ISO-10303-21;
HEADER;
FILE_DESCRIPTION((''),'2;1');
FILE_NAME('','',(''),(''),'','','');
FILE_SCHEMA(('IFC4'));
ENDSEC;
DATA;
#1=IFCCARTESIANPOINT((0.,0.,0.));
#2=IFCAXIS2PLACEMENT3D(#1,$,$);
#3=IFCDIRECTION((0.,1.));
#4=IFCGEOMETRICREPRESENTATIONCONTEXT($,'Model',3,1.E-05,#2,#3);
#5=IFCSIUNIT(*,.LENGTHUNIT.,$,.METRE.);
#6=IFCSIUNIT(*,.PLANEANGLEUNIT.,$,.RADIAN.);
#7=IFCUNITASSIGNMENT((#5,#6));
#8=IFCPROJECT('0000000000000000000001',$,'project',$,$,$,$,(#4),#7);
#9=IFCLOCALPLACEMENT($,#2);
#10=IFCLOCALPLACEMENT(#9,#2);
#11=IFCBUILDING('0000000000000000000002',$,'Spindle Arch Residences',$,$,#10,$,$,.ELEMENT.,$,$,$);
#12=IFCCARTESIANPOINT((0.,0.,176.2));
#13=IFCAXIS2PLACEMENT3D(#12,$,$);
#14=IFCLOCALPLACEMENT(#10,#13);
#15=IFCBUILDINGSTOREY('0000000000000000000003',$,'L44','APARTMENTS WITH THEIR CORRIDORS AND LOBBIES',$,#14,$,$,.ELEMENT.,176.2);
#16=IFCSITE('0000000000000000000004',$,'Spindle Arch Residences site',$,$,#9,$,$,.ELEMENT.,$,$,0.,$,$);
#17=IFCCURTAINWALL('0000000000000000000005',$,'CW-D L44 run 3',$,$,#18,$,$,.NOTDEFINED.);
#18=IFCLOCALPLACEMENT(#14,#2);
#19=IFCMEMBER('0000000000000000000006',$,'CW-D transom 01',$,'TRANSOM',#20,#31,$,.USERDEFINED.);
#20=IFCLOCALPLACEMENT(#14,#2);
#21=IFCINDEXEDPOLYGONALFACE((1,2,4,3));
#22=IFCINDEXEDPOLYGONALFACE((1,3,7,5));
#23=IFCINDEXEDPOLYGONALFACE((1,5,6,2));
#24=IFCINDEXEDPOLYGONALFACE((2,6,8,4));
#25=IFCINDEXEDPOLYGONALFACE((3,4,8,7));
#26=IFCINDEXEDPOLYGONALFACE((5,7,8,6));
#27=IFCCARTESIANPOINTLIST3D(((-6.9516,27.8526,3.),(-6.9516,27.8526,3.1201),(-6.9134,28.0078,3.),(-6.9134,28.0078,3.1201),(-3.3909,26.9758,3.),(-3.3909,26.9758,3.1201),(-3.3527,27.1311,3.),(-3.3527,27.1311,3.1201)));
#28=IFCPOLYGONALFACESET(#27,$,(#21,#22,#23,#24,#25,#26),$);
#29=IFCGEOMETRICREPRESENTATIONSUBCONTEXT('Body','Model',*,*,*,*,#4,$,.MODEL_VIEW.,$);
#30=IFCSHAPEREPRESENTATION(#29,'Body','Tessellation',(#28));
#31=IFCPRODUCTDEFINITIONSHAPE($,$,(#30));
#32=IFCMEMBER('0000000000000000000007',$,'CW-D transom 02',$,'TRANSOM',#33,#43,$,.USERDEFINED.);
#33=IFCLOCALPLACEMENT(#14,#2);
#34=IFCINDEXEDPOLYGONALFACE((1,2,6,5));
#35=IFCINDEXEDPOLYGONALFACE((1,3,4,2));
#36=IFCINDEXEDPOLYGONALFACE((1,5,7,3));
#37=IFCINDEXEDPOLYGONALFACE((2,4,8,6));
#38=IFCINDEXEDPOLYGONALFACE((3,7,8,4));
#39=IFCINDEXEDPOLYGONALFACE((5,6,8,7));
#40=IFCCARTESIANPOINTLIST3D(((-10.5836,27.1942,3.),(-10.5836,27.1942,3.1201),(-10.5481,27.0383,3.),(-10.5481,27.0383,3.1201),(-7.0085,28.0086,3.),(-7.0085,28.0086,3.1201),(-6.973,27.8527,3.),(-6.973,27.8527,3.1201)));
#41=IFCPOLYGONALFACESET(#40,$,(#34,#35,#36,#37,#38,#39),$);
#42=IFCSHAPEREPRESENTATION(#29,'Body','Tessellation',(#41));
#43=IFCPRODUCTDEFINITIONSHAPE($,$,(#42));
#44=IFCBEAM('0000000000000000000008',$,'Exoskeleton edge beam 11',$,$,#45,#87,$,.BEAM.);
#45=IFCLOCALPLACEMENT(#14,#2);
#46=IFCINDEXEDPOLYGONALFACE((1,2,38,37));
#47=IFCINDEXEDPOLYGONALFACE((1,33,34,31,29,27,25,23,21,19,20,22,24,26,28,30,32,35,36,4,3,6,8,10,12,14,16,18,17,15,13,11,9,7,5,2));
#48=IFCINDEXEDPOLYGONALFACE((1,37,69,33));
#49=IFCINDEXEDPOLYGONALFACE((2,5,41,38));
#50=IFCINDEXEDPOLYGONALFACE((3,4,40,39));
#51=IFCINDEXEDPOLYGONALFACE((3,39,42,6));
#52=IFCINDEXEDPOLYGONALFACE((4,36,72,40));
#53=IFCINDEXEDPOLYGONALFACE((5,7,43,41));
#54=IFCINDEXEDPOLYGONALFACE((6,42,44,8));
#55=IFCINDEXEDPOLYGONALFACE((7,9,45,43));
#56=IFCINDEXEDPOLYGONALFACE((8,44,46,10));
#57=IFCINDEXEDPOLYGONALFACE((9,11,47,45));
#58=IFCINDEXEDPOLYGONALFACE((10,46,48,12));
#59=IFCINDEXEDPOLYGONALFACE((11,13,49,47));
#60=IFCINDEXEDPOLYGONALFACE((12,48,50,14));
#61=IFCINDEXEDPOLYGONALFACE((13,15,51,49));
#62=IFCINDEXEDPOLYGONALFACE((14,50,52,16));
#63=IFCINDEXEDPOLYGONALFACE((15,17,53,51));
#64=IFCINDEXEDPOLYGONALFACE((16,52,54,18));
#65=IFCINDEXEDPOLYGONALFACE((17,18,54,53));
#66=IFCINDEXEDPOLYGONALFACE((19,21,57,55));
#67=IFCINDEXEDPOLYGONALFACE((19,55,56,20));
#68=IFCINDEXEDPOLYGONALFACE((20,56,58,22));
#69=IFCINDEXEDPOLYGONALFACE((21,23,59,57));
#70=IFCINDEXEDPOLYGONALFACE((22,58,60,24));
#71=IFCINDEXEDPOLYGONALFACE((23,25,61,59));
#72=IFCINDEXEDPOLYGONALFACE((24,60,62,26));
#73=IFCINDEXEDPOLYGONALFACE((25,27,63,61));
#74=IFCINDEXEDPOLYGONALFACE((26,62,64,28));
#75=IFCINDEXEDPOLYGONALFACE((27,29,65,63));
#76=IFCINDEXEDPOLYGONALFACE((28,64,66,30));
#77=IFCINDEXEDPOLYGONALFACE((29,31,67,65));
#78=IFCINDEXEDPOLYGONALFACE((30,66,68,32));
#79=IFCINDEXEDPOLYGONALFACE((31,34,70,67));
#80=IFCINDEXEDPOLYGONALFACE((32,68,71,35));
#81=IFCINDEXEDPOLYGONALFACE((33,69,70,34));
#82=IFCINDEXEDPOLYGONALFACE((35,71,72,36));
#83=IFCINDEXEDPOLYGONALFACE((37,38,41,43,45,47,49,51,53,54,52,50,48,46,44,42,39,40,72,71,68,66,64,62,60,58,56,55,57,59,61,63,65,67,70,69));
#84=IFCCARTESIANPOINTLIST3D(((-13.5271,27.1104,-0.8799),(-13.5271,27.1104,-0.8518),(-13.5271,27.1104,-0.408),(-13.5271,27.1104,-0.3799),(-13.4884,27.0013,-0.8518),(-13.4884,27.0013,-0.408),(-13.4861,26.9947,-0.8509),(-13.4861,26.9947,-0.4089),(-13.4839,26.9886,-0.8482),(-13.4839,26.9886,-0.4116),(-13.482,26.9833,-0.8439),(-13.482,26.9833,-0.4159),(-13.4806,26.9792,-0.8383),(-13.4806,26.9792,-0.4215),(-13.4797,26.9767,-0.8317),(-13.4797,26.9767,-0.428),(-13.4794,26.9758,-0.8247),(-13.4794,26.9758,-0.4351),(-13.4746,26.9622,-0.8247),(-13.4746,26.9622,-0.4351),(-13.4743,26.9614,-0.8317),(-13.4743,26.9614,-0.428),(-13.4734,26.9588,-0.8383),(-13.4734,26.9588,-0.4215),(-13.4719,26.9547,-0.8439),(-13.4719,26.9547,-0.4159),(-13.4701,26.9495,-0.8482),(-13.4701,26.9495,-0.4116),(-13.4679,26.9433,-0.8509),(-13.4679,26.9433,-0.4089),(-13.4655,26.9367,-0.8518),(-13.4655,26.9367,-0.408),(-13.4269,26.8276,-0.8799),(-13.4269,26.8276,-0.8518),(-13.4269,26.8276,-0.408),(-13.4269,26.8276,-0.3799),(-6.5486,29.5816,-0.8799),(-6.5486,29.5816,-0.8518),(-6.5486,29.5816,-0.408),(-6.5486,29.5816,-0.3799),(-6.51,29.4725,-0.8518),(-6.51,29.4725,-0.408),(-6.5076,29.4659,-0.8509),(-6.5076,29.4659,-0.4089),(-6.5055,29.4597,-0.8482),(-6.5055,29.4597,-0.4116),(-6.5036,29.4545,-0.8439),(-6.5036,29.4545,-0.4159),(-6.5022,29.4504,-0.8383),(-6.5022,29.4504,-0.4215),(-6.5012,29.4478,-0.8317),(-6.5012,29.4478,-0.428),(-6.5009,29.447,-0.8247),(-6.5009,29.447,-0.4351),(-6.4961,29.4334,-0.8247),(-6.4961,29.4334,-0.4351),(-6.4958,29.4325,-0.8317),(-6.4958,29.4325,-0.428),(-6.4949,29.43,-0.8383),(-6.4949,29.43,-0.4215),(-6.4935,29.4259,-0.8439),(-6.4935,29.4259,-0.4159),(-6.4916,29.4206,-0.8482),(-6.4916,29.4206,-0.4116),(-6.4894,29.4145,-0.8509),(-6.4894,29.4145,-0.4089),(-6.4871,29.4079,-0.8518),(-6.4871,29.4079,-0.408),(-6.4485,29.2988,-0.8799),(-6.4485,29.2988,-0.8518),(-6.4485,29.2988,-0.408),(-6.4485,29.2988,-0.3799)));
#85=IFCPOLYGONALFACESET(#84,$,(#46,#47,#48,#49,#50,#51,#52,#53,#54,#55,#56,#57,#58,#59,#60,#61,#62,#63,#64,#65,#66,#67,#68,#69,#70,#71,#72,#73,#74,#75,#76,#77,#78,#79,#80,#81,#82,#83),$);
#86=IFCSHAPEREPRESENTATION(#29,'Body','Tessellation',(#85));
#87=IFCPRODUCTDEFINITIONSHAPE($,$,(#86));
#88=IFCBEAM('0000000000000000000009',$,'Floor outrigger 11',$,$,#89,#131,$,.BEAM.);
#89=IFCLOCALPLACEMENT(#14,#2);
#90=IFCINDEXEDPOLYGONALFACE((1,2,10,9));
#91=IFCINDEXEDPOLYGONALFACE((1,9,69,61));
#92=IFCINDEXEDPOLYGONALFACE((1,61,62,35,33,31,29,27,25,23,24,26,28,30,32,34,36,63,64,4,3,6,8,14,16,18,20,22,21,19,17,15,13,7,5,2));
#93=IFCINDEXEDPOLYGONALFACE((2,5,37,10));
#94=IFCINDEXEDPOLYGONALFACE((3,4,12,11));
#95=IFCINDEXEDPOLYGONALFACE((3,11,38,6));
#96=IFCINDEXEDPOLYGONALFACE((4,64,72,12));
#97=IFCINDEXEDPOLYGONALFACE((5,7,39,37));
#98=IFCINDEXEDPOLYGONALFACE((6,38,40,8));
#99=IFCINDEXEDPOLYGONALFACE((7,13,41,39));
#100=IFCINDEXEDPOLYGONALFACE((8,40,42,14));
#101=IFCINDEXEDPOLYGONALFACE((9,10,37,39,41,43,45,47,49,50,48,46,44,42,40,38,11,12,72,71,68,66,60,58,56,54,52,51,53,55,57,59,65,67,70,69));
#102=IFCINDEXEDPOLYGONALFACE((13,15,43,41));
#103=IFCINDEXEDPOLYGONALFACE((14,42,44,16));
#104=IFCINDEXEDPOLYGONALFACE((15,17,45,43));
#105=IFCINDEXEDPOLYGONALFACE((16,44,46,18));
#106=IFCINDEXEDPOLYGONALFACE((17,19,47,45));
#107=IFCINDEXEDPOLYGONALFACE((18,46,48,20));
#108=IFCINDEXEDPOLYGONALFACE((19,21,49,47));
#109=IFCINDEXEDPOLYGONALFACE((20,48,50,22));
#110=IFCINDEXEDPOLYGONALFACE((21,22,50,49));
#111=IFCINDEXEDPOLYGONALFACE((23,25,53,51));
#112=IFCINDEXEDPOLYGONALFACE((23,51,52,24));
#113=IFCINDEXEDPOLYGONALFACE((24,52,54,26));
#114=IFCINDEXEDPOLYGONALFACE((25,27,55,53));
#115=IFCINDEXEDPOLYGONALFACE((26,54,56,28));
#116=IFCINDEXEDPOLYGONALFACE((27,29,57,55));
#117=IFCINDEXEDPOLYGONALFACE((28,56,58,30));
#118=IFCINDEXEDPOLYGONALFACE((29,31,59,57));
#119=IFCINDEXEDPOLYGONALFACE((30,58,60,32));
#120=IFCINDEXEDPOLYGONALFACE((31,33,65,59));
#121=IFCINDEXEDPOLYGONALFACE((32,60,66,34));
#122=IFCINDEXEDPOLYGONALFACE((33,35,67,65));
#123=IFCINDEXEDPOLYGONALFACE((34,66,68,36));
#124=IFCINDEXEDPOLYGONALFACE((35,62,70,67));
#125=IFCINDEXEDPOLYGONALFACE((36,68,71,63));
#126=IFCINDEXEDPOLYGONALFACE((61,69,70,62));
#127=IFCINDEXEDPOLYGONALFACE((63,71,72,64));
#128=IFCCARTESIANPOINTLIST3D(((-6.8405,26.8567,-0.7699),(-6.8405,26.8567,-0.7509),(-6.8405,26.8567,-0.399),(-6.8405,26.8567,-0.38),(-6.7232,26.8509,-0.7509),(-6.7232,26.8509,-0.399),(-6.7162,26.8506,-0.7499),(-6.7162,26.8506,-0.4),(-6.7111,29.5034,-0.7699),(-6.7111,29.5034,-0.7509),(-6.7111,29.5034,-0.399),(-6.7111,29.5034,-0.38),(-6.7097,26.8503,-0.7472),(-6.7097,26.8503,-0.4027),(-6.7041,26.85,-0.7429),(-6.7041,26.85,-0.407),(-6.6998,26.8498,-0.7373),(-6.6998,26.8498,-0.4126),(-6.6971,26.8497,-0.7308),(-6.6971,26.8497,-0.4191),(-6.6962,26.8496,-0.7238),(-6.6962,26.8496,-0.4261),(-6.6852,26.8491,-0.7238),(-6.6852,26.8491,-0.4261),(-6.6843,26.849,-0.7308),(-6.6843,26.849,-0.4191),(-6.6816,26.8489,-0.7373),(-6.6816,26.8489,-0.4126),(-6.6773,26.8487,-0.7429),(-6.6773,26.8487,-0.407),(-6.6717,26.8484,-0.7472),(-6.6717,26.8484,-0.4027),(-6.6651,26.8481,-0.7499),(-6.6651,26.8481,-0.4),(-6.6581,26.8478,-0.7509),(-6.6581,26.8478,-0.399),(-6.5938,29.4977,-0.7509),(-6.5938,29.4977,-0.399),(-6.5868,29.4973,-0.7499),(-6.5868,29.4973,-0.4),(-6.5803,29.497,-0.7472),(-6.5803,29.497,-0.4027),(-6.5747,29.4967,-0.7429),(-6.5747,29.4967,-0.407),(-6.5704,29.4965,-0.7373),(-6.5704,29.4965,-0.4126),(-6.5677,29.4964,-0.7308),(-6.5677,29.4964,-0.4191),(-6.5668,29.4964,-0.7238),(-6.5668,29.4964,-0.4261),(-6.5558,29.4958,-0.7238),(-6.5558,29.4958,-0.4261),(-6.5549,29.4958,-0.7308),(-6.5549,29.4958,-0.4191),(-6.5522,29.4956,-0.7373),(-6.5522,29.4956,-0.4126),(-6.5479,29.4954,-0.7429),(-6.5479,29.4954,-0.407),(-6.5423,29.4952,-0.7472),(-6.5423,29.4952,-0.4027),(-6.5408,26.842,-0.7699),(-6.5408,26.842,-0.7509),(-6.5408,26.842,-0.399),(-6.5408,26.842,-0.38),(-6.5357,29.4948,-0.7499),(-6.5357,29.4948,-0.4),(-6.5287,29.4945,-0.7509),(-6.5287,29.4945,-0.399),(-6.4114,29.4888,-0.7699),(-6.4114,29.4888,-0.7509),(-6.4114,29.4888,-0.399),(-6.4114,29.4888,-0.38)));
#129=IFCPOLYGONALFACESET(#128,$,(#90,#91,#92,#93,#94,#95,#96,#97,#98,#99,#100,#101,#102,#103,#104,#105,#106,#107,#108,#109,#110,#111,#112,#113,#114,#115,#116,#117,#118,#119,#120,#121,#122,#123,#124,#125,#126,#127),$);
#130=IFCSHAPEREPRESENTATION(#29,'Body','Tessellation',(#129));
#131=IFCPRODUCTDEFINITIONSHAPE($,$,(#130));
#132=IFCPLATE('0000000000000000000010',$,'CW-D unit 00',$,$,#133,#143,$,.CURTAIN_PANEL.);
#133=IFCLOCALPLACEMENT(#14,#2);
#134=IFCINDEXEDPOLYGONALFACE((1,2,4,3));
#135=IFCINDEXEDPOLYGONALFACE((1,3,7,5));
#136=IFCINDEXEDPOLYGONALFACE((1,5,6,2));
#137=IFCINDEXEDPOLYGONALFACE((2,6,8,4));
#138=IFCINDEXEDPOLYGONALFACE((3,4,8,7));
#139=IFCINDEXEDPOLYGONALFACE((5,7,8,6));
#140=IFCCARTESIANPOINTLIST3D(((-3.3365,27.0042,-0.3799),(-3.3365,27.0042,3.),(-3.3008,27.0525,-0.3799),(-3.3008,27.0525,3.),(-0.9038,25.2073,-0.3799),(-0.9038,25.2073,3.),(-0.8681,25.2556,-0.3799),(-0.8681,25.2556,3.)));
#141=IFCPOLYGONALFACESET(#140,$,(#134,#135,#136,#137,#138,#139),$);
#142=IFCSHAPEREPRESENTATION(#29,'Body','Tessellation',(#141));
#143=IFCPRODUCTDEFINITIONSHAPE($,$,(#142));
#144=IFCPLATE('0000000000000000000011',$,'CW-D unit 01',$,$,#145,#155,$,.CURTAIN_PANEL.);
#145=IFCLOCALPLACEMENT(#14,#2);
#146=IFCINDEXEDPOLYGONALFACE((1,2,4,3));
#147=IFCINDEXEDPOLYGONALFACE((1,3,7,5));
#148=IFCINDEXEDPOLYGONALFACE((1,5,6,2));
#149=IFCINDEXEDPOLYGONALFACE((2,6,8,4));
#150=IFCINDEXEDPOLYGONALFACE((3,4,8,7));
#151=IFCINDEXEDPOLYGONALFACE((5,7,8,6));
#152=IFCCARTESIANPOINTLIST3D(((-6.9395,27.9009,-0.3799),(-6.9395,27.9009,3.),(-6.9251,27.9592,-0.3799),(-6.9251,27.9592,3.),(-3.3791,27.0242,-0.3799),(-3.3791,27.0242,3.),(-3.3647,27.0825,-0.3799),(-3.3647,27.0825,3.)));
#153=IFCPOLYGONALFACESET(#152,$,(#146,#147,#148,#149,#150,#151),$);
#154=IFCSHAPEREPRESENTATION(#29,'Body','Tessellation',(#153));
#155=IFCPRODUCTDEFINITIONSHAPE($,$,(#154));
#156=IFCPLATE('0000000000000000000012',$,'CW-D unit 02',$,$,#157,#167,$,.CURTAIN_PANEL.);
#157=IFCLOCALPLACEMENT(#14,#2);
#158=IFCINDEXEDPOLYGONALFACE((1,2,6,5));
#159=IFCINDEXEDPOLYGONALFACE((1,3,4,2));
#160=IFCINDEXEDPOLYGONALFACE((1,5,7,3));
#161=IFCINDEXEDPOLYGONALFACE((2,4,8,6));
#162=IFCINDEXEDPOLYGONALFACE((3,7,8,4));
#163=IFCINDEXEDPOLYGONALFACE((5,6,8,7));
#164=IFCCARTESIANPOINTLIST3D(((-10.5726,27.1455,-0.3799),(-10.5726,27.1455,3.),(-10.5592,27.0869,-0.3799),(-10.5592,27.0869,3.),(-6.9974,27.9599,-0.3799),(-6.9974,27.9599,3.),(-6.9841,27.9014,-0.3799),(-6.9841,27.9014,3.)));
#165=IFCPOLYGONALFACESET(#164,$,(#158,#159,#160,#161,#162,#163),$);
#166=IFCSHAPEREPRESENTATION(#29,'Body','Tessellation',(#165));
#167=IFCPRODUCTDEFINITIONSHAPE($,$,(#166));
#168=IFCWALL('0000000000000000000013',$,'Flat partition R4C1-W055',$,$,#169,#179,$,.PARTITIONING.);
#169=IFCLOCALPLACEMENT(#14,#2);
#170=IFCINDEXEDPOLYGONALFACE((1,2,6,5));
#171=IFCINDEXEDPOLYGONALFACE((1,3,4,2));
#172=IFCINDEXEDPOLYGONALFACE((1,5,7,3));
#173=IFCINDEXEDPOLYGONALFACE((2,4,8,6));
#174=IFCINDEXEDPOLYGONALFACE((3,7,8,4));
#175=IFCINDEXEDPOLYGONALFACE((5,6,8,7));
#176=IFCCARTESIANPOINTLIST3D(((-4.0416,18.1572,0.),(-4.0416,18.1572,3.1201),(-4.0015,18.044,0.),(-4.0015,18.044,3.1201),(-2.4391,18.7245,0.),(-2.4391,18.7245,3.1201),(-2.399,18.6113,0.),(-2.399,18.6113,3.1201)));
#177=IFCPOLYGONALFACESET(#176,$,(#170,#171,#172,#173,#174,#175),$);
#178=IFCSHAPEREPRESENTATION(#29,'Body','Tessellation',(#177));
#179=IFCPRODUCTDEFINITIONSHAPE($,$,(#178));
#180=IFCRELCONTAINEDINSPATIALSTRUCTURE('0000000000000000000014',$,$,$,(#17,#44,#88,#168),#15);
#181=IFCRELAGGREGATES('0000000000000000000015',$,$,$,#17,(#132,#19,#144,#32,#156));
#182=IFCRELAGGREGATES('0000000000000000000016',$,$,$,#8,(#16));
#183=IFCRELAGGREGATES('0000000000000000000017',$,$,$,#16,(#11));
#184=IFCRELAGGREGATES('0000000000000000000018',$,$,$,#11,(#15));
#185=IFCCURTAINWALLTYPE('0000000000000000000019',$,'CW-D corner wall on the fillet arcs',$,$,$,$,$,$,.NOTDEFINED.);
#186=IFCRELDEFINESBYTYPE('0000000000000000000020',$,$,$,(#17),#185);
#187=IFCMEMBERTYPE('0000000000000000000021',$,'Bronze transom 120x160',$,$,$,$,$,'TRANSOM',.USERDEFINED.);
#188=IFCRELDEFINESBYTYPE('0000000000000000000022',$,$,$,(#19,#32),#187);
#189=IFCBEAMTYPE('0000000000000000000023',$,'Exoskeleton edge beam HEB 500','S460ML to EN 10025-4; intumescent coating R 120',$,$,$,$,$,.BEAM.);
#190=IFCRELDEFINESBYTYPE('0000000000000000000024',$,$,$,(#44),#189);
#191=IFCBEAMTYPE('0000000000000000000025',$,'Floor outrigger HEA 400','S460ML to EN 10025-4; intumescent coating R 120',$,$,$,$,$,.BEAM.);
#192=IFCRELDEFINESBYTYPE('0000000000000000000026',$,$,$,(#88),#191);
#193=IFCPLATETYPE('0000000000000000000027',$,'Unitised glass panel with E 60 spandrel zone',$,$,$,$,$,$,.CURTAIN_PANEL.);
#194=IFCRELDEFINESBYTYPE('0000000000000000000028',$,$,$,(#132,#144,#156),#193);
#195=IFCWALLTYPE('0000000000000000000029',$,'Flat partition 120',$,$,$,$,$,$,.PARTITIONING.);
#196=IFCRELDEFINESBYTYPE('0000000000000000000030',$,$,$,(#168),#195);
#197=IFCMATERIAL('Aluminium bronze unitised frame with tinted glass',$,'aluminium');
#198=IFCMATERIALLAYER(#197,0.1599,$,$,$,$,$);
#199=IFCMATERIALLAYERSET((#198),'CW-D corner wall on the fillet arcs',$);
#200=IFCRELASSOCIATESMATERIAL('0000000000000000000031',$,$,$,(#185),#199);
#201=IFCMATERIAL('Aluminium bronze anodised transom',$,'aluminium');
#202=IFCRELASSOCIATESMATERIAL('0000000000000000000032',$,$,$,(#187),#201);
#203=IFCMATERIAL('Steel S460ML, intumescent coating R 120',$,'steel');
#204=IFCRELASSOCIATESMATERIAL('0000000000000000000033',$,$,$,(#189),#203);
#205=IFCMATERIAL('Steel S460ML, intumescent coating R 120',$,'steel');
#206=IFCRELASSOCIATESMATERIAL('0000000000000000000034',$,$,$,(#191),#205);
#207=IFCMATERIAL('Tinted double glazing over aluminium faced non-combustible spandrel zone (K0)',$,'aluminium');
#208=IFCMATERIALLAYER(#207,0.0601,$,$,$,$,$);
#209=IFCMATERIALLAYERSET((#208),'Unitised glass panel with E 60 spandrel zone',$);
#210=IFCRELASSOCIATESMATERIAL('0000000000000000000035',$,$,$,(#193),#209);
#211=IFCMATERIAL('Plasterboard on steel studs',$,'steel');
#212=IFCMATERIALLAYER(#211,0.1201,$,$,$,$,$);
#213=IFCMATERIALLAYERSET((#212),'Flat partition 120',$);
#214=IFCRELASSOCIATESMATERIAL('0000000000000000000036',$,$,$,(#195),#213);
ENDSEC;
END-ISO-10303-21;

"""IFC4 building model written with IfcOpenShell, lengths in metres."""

from ifc_helpers import new_model, si_unit, direction, frame, frame_2d, origin, origin_2d, place, context, subcontext, project, spatial, rectangle, i_section, extrude, material, layer, layer_set, material_profile, profile_set, type_object, element, aggregate, save


model = new_model("IFC4")

# Units and contexts
model_context = context("Model", 3, precision=1e-05, world=origin(), true_north=direction((0.0, 1.0)))
body_context = subcontext(model_context, "Body", "Model", "MODEL_VIEW")
ifc_project = project(units=[si_unit("LENGTHUNIT", "METRE"), si_unit("PLANEANGLEUNIT", "RADIAN")], contexts=[model_context])

# Site, building, storey
site_placement = place(None, origin())
site = spatial("IfcSite", under=ifc_project, at=site_placement, Name="Spindle Arch Residences site", CompositionType="ELEMENT", RefElevation=0.0)
building_placement = place(site_placement, origin())
building = spatial("IfcBuilding", under=site, at=building_placement, Name="Spindle Arch Residences", CompositionType="ELEMENT")
storey_placement = place(building_placement, frame((0.0, 0.0, 176.2)))
storey = spatial("IfcBuildingStorey", under=building, at=storey_placement, Name="L44", Description="APARTMENTS WITH THEIR CORRIDORS AND LOBBIES", CompositionType="ELEMENT", Elevation=176.2)

# Curtain wall, members
ifc_material_1 = material(Name="Aluminium bronze unitised frame with tinted glass", Category="aluminium")
ifc_layer_1 = layer(ifc_material_1, 0.1599)
ifc_layer_set_1 = layer_set([ifc_layer_1], Name="CW-D corner wall on the fillet arcs")
curtain_wall_type = type_object("IfcCurtainWallType", Name="CW-D corner wall on the fillet arcs", PredefinedType="NOTDEFINED", material=ifc_layer_set_1)
curtain_wall_placement = place(storey_placement, origin())
curtain_wall = element("IfcCurtainWall", 1, at=curtain_wall_placement, inside=storey, type_object=curtain_wall_type, Name="CW-D L44 run 3", PredefinedType="NOTDEFINED")
ifc_material_2 = material(Name="Aluminium bronze anodised transom", Category="aluminium")
ifc_material_profile_1 = material_profile(ifc_material_2, rectangle(XDim=0.1599, YDim=0.1201, at=origin_2d()), Name="TR 120x160")
ifc_profile_set_1 = profile_set([ifc_material_profile_1], Name="Aluminium bronze anodised transom")
member_type_1 = type_object("IfcMemberType", Name="Bronze transom 120x160", ElementType="TRANSOM", PredefinedType="USERDEFINED", material=ifc_profile_set_1)
member_1_placement = place(storey_placement, frame((-3.3718, 27.0535, 3.0601), z_axis=(-0.970998, 0.239088, 0.0), x_axis=(-0.239088, -0.970998, 0.0)))
member_1 = element("IfcMember", 2, at=member_1_placement, type_object=member_type_1, Name="CW-D transom 01", ObjectType="TRANSOM", PredefinedType="USERDEFINED", context=body_context, shape_type="SweptSolid", body=[
    extrude(rectangle(XDim=0.1599, YDim=0.1201, at=origin_2d()), origin(), (0.0, 0.0, 1.0), 3.667),
])
member_2_placement = place(storey_placement, frame((-6.9907, 27.9307, 3.0601), z_axis=(-0.97502, -0.222116, 0.0), x_axis=(0.222116, -0.97502, 0.0)))
member_2 = element("IfcMember", 3, at=member_2_placement, type_object=member_type_1, Name="CW-D transom 02", ObjectType="TRANSOM", PredefinedType="USERDEFINED", context=body_context, shape_type="SweptSolid", body=[
    extrude(rectangle(XDim=0.1599, YDim=0.1201, at=origin_2d()), origin(), (0.0, 0.0, 1.0), 3.6667),
])

# Beams
ifc_material_3 = material(Name="Steel S460ML, intumescent coating R 120", Category="steel")
ifc_material_profile_2 = material_profile(ifc_material_3, i_section(OverallWidth=0.3, OverallDepth=0.5, WebThickness=0.0144, FlangeThickness=0.0281, FilletRadius=0.0271, at=origin_2d()), Name="HEB 500")
ifc_profile_set_2 = profile_set([ifc_material_profile_2], Name="Steel S460ML, intumescent coating R 120")
beam_type_1 = type_object("IfcBeamType", Name="Exoskeleton edge beam HEB 500", Description="S460ML to EN 10025-4; intumescent coating R 120", PredefinedType="BEAM", material=ifc_profile_set_2)
beam_1_placement = place(storey_placement, frame((-6.4985, 29.4402, -0.6299), z_axis=(-0.942643, -0.333803, 0.0), x_axis=(0.333803, -0.942643, 0.0)))
element("IfcBeam", 4, at=beam_1_placement, inside=storey, type_object=beam_type_1, Name="Exoskeleton edge beam 11", PredefinedType="BEAM", context=body_context, shape_type="SweptSolid", body=[
    extrude(i_section(OverallWidth=0.3, OverallDepth=0.5, WebThickness=0.0144, FlangeThickness=0.0281, FilletRadius=0.0271, at=origin_2d()), origin(), (0.0, 0.0, 1.0), 7.4031),
])
ifc_material_4 = material(Name="Steel S460ML, intumescent coating R 120", Category="steel")
ifc_material_profile_3 = material_profile(ifc_material_4, i_section(OverallWidth=0.3, OverallDepth=0.3899, WebThickness=0.011, FlangeThickness=0.019, FilletRadius=0.0271, at=origin_2d()), Name="HEA 400")
ifc_profile_set_3 = profile_set([ifc_material_profile_3], Name="Steel S460ML, intumescent coating R 120")
beam_type_2 = type_object("IfcBeamType", Name="Floor outrigger HEA 400", Description="S460ML to EN 10025-4; intumescent coating R 120", PredefinedType="BEAM", material=ifc_profile_set_3)
beam_2_placement = place(storey_placement, frame((-6.5613, 29.4961, -0.575), z_axis=(-0.04883, -0.998807, 0.0), x_axis=(0.998807, -0.04883, 0.0)))
element("IfcBeam", 5, at=beam_2_placement, inside=storey, type_object=beam_type_2, Name="Floor outrigger 11", PredefinedType="BEAM", context=body_context, shape_type="SweptSolid", body=[
    extrude(i_section(OverallWidth=0.3, OverallDepth=0.3899, WebThickness=0.011, FlangeThickness=0.019, FilletRadius=0.0271, at=origin_2d()), origin(), (0.0, 0.0, 1.0), 2.6499),
])

# Plates
ifc_material_5 = material(Name="Tinted double glazing over aluminium faced non-combustible spandrel zone (K0)", Category="aluminium")
ifc_layer_2 = layer(ifc_material_5, 0.0601)
ifc_layer_set_2 = layer_set([ifc_layer_2], Name="Unitised glass panel with E 60 spandrel zone")
plate_type = type_object("IfcPlateType", Name="Unitised glass panel with E 60 spandrel zone", PredefinedType="CURTAIN_PANEL", material=ifc_layer_set_2)
plate_1_placement = place(storey_placement, frame((-2.1023, 26.1299, -0.3799), z_axis=(0.0, 0.0, 1.0), x_axis=(-0.804366, 0.594134, 0.0)))
plate_1 = element("IfcPlate", 6, at=plate_1_placement, type_object=plate_type, Name="CW-D unit 00", PredefinedType="CURTAIN_PANEL", context=body_context, shape_type="SweptSolid", body=[
    extrude(rectangle(XDim=3.0244, YDim=0.0601, at=origin_2d()), origin(), (0.0, 0.0, 1.0), 3.3799),
])
plate_2_placement = place(storey_placement, frame((-5.1521, 27.4917, -0.3799), z_axis=(0.0, 0.0, 1.0), x_axis=(-0.970995, 0.239098, 0.0)))
plate_2 = element("IfcPlate", 7, at=plate_2_placement, type_object=plate_type, Name="CW-D unit 01", PredefinedType="CURTAIN_PANEL", context=body_context, shape_type="SweptSolid", body=[
    extrude(rectangle(XDim=3.6667, YDim=0.0601, at=origin_2d()), origin(), (0.0, 0.0, 1.0), 3.3799),
])
plate_3_placement = place(storey_placement, frame((-8.7783, 27.5234, -0.3799), z_axis=(0.0, 0.0, 1.0), x_axis=(-0.97502, -0.222116, 0.0)))
plate_3 = element("IfcPlate", 8, at=plate_3_placement, type_object=plate_type, Name="CW-D unit 02", PredefinedType="CURTAIN_PANEL", context=body_context, shape_type="SweptSolid", body=[
    extrude(rectangle(XDim=3.6667, YDim=0.0601, at=origin_2d()), origin(), (0.0, 0.0, 1.0), 3.3799),
])
aggregate(curtain_wall, [plate_1, member_1, plate_2, member_2, plate_3])

# Wall
ifc_material_6 = material(Name="Plasterboard on steel studs", Category="steel")
ifc_layer_3 = layer(ifc_material_6, 0.1201)
ifc_layer_set_3 = layer_set([ifc_layer_3], Name="Flat partition 120")
wall_type_1 = type_object("IfcWallType", Name="Flat partition 120", PredefinedType="PARTITIONING", material=ifc_layer_set_3)
wall_1_placement = place(storey_placement, frame((-2.4189, 18.668, 0.0), z_axis=(0.0, 0.0, 1.0), x_axis=(-0.942661, -0.333751, 0.0)))
element("IfcWall", 9, at=wall_1_placement, inside=storey, type_object=wall_type_1, Name="Flat partition R4C1-W055", PredefinedType="PARTITIONING", context=body_context, shape_type="SweptSolid", body=[
    extrude(rectangle(XDim=1.7, YDim=0.1201, at=frame_2d((0.8501, 0.0))), origin(), (0.0, 0.0, 1.0), 3.1201),
])

save(model, "model.ifc")
